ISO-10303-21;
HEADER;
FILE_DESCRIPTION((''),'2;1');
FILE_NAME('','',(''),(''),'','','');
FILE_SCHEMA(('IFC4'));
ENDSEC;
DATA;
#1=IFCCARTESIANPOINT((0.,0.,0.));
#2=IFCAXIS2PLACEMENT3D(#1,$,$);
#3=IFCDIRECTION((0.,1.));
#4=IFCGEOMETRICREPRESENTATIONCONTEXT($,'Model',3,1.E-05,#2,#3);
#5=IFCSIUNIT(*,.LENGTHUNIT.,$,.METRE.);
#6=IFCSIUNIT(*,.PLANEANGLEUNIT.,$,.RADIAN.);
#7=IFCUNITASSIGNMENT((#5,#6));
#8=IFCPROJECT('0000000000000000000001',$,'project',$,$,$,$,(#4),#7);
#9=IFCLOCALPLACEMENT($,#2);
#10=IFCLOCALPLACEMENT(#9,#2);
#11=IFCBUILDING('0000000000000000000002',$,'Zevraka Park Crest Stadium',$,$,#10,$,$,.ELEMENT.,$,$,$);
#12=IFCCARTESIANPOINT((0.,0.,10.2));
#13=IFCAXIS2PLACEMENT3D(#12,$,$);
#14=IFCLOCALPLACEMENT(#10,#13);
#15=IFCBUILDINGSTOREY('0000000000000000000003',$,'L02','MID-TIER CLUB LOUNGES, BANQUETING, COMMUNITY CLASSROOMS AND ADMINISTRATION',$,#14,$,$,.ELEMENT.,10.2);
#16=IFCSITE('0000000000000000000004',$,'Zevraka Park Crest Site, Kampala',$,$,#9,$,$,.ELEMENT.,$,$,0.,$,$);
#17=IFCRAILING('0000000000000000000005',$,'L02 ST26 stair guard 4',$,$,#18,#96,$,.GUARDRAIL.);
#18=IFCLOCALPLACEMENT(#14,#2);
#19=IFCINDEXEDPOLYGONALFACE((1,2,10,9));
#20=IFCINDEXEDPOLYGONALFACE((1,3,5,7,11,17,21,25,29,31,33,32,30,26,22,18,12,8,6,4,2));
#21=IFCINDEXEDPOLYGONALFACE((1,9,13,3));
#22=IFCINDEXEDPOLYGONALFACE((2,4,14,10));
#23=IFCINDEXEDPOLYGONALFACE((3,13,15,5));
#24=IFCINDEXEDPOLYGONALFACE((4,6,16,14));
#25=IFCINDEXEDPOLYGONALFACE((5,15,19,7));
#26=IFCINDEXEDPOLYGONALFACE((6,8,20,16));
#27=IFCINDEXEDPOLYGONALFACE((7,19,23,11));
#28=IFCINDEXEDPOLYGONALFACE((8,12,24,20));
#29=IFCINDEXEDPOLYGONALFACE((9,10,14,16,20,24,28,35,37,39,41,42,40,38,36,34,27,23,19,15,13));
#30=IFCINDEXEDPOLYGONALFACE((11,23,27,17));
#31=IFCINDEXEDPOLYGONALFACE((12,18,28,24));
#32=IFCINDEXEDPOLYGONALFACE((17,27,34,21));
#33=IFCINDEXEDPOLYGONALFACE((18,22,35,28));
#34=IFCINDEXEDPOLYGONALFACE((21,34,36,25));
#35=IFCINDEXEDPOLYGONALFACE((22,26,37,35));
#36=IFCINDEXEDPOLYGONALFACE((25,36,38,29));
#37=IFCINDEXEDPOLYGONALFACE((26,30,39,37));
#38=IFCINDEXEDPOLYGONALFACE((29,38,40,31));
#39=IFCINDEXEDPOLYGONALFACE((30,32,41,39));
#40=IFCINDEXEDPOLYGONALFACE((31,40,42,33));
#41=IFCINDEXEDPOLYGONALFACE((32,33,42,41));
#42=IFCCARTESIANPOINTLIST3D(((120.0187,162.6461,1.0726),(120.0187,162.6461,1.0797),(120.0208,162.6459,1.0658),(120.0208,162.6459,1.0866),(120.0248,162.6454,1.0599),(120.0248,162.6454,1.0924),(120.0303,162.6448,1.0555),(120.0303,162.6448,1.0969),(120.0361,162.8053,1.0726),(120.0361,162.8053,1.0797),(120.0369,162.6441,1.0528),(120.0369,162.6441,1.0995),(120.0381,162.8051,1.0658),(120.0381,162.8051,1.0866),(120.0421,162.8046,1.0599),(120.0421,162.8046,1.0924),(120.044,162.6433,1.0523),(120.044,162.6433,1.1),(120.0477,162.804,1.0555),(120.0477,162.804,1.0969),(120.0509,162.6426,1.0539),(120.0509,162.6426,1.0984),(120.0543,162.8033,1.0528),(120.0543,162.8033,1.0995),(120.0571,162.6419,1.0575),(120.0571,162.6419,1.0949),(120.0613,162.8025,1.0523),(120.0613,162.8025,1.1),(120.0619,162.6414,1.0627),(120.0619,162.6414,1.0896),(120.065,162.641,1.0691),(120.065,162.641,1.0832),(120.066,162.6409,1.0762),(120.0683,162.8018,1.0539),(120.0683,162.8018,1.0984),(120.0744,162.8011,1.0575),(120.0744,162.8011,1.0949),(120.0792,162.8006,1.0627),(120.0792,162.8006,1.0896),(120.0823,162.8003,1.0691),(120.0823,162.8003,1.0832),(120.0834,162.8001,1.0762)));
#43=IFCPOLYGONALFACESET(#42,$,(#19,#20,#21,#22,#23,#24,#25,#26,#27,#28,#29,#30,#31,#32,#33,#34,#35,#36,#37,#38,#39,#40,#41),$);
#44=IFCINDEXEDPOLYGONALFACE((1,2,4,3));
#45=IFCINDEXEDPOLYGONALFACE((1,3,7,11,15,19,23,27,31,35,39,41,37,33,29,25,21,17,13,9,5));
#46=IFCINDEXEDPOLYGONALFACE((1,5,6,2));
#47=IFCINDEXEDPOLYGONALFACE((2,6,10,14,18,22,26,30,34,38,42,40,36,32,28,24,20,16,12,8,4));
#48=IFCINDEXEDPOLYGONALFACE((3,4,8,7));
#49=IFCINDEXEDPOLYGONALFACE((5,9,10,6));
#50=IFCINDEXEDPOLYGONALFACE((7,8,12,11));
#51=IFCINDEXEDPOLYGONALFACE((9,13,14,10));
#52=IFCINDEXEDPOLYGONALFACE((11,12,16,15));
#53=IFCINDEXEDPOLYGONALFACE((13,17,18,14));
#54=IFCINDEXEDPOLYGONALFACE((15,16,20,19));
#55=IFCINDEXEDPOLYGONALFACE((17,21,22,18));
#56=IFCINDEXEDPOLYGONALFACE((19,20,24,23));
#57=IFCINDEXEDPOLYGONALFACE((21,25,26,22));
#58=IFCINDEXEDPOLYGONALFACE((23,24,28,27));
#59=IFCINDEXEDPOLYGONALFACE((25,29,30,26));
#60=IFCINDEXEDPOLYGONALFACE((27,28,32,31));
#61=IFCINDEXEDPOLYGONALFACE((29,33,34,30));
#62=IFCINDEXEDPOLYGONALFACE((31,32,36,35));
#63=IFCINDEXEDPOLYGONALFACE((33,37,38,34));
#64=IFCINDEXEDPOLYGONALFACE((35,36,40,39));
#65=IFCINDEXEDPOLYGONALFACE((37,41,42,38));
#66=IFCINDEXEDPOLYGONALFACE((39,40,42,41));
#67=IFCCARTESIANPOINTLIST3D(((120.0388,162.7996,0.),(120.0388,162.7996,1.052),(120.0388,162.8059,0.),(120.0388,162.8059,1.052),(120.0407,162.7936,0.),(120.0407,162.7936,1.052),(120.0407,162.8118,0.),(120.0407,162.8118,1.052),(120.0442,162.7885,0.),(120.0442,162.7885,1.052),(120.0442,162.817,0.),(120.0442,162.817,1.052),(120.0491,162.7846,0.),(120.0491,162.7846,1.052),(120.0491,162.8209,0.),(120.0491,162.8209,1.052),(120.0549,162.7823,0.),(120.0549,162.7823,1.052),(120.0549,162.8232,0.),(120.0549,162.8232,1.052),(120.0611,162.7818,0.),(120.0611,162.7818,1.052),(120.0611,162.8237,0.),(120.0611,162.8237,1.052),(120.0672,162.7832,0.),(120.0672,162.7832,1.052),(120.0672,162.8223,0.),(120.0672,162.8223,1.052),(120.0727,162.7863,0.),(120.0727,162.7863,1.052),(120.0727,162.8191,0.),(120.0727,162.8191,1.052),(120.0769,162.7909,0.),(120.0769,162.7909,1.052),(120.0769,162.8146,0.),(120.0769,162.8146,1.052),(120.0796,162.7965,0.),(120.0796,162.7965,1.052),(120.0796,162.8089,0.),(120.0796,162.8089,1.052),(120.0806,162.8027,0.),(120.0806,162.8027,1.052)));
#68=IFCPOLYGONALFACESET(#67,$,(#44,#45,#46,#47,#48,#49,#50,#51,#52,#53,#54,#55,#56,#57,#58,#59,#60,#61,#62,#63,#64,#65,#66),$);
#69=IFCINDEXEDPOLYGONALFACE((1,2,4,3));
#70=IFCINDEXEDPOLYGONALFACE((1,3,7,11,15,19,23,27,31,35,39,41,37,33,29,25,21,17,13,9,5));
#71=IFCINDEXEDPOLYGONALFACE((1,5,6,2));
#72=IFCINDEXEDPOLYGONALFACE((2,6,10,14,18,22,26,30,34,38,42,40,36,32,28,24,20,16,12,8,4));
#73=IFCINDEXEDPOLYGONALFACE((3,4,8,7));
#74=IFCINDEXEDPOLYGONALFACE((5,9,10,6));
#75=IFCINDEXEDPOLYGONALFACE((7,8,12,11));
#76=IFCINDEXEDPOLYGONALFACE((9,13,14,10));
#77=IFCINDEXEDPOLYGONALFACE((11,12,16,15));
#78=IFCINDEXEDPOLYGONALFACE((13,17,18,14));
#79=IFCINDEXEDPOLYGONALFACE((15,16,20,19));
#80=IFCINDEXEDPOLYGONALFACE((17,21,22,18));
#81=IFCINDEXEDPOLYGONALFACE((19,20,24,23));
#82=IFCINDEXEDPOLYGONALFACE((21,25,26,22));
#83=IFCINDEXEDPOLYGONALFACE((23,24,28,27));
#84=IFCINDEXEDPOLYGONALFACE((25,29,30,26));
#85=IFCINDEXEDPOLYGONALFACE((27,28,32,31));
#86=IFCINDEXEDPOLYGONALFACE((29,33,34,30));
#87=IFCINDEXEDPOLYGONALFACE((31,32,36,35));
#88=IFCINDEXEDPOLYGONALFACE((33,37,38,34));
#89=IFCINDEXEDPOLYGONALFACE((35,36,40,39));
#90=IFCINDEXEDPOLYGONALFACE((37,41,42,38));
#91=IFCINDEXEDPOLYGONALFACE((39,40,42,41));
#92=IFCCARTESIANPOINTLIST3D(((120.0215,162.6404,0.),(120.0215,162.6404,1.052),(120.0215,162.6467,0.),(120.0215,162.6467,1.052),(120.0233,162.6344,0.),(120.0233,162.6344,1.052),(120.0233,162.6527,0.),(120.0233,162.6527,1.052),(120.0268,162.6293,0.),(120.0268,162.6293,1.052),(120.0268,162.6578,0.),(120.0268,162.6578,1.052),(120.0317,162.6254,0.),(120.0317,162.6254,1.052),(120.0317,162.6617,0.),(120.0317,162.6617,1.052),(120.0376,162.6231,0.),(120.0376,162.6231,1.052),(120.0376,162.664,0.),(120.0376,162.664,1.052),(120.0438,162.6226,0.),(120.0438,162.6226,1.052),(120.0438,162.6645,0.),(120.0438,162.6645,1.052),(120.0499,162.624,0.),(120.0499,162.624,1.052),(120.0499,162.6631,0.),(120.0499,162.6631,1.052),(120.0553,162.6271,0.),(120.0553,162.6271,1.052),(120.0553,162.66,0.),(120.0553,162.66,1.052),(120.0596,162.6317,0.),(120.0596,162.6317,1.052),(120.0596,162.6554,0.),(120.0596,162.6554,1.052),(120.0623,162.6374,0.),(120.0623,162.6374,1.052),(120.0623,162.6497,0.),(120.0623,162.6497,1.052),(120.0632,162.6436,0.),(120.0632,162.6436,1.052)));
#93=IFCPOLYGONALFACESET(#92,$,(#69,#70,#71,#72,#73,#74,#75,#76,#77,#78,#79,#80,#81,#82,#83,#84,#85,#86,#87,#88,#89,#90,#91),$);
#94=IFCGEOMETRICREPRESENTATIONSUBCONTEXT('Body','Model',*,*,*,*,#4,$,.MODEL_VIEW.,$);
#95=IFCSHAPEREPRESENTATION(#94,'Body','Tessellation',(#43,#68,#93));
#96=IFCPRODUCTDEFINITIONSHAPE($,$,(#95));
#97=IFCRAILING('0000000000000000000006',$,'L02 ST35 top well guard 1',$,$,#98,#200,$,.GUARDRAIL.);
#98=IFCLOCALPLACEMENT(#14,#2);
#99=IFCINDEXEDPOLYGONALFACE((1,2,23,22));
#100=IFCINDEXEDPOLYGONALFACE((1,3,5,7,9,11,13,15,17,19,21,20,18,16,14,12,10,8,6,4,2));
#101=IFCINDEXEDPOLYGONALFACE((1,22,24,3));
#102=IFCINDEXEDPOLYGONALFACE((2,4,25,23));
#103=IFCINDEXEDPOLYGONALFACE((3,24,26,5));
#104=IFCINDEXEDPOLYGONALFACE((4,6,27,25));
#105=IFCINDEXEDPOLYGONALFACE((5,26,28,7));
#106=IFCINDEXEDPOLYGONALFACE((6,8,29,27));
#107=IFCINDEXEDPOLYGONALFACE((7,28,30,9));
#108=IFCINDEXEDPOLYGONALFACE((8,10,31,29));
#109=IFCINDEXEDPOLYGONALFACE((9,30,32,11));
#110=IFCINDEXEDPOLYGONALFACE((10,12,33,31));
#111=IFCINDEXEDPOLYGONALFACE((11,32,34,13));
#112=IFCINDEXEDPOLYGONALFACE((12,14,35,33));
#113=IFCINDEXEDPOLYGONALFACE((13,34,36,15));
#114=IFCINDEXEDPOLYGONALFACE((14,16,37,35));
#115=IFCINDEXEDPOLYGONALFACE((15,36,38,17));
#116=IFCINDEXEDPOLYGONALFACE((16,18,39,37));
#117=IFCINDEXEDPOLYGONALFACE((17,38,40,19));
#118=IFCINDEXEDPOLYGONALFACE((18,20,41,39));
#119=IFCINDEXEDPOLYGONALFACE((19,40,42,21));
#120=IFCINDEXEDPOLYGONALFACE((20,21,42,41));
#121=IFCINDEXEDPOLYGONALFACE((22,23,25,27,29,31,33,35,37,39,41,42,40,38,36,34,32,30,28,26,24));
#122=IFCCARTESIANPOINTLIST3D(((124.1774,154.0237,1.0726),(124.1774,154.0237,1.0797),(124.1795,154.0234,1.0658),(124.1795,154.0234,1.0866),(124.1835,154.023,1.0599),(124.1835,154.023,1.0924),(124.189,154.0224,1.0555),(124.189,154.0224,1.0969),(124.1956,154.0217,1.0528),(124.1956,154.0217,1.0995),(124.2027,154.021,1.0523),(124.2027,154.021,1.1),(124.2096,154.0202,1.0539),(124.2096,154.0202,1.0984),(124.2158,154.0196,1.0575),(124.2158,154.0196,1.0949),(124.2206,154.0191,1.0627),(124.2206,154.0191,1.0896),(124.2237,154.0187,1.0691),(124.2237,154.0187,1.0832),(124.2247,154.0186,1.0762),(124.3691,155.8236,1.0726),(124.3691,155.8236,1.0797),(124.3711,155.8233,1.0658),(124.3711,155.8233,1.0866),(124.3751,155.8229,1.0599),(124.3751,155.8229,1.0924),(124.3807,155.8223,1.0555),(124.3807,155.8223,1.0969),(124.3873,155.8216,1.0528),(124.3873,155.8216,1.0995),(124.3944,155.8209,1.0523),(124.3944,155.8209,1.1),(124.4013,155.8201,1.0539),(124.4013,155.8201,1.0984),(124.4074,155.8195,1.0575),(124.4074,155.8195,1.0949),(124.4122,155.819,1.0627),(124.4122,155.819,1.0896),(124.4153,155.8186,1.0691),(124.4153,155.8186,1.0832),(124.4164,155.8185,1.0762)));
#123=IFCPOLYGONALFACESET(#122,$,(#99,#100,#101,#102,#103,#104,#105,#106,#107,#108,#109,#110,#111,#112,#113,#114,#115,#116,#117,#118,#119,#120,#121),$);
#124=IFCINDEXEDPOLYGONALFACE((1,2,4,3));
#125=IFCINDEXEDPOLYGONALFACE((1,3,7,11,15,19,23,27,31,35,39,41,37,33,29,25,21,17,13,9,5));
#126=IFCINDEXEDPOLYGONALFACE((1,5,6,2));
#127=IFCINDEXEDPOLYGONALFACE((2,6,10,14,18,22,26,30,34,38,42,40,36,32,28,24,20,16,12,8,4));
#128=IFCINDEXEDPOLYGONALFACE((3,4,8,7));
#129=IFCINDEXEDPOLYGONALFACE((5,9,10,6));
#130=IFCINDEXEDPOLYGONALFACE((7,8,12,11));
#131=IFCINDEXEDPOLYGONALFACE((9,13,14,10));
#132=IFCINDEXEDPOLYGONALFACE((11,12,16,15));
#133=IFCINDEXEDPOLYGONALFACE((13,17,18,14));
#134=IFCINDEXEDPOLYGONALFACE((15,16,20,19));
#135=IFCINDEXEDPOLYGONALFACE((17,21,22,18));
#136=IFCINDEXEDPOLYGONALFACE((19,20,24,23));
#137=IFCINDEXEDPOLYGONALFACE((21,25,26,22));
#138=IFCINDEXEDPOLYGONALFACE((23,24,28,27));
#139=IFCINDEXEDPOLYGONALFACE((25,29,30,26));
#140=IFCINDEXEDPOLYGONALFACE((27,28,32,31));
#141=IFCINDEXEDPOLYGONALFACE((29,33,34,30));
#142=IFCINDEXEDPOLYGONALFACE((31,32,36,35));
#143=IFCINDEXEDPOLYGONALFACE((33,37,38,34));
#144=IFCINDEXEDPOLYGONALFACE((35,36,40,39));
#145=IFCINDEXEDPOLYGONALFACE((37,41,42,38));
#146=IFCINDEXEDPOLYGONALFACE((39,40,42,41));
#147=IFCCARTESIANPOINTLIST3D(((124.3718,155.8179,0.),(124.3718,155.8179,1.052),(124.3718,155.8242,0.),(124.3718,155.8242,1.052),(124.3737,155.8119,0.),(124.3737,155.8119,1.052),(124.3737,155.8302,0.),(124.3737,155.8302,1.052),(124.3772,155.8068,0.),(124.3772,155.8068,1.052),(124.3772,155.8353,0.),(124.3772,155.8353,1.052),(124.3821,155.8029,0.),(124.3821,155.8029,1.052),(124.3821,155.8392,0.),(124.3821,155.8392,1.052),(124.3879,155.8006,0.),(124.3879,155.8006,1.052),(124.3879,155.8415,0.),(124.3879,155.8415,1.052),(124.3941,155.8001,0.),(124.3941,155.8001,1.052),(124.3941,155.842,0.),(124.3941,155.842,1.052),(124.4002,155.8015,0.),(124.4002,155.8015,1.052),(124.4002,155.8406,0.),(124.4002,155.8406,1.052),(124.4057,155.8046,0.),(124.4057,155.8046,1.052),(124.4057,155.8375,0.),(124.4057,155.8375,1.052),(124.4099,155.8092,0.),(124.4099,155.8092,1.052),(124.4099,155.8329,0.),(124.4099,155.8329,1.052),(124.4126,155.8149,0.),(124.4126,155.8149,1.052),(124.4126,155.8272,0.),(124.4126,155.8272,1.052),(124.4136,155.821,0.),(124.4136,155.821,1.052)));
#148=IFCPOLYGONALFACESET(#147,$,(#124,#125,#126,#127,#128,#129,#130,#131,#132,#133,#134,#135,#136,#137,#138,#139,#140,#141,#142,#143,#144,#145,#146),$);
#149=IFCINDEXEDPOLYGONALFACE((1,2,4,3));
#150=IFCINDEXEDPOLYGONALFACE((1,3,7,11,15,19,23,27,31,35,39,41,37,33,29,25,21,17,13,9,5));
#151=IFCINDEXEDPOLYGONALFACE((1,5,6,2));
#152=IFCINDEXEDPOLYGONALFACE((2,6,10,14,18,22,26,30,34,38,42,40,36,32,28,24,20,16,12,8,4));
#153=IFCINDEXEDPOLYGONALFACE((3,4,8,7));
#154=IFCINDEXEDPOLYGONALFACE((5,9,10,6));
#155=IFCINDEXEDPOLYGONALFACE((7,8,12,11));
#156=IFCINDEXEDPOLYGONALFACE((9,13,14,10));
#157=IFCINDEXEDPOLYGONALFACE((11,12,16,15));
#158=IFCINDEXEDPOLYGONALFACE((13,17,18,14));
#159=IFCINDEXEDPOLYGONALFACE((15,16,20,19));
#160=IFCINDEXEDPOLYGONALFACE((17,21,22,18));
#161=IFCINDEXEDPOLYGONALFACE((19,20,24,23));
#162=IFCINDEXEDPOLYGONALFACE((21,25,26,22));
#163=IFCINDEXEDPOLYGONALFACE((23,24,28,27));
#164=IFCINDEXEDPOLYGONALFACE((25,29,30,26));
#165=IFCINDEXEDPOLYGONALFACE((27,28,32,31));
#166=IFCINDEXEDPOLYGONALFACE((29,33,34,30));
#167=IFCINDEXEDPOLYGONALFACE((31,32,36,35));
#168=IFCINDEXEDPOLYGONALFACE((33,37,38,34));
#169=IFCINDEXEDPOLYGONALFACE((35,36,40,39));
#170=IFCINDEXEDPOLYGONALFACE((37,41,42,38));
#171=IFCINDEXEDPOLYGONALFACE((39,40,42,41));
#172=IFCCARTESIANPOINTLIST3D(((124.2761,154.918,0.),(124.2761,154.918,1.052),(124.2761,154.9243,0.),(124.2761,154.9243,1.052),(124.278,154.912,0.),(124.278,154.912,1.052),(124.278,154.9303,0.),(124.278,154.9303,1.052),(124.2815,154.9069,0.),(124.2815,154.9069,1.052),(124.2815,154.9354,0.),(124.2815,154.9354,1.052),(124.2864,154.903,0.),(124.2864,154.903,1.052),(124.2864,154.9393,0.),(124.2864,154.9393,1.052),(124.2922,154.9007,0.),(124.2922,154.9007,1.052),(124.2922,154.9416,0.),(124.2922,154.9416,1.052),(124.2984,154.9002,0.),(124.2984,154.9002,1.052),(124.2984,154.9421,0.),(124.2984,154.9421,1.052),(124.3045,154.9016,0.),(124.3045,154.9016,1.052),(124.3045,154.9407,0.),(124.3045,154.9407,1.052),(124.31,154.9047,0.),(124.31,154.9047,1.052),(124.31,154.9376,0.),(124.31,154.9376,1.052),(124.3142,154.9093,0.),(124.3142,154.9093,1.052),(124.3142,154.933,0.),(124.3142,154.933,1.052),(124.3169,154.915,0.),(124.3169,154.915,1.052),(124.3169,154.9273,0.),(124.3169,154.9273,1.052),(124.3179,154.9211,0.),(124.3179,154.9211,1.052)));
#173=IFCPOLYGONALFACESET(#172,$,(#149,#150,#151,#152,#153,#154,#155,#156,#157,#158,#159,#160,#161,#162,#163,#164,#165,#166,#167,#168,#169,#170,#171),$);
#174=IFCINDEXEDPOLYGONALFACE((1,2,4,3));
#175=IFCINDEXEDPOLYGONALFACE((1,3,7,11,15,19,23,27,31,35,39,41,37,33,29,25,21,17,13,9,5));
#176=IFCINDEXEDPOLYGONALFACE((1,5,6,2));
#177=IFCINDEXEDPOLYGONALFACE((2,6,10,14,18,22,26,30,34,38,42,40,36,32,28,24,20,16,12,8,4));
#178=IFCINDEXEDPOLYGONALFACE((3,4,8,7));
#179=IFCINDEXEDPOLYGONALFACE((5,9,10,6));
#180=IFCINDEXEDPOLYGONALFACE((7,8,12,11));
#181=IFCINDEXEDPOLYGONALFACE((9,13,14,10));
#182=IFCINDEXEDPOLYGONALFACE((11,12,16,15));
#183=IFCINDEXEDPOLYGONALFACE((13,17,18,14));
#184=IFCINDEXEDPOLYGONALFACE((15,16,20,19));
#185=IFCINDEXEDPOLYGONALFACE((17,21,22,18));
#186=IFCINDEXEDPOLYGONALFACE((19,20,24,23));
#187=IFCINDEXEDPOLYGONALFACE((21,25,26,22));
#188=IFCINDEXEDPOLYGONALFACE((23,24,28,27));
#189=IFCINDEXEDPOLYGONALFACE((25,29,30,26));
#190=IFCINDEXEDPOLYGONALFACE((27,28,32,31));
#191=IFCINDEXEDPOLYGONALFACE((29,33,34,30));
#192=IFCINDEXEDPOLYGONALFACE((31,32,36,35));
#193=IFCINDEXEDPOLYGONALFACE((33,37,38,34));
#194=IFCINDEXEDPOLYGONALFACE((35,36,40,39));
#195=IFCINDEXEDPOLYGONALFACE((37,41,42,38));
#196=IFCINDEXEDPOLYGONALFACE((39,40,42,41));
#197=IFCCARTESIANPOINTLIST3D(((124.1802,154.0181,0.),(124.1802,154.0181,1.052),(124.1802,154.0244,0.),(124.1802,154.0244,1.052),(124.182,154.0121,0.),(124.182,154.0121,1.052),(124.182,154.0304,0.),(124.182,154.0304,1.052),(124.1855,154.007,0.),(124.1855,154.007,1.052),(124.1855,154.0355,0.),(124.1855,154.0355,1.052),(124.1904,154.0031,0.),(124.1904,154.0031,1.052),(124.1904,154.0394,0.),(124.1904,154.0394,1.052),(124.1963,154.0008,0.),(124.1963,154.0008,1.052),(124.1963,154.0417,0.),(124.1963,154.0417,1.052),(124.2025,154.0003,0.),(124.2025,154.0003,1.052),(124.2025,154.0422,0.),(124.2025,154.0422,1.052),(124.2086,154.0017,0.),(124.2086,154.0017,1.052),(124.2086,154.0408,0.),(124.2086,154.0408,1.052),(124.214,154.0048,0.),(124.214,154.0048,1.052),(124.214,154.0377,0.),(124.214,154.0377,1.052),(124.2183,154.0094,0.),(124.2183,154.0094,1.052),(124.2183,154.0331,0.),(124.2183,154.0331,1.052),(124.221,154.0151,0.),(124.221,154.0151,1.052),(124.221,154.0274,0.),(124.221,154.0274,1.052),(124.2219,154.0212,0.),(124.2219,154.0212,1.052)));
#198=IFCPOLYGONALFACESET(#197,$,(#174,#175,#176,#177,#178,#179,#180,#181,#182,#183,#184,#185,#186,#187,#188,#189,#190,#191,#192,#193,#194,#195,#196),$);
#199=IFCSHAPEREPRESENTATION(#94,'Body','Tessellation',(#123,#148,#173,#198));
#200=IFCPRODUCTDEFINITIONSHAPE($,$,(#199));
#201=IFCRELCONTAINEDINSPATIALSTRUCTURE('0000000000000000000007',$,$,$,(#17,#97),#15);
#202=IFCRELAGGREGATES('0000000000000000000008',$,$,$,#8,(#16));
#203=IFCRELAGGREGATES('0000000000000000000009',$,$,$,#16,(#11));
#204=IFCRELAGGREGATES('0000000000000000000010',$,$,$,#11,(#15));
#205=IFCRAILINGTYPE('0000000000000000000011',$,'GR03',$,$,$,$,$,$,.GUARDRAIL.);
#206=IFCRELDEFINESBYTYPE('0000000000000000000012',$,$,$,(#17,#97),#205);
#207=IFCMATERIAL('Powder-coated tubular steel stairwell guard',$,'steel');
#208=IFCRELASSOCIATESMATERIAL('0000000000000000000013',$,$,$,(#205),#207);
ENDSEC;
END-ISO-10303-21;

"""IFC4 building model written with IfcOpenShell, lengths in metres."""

from ifc_helpers import new_model, si_unit, direction, frame, origin, origin_2d, place, context, subcontext, project, spatial, circle, extrude, material, type_object, element, save


model = new_model("IFC4")

# Units and contexts
model_context = context("Model", 3, precision=1e-05, world=origin(), true_north=direction((0.0, 1.0)))
body_context = subcontext(model_context, "Body", "Model", "MODEL_VIEW")
ifc_project = project(units=[si_unit("LENGTHUNIT", "METRE"), si_unit("PLANEANGLEUNIT", "RADIAN")], contexts=[model_context])

# Site, building, storey
site_placement = place(None, origin())
site = spatial("IfcSite", under=ifc_project, at=site_placement, Name="Zevraka Park Crest Site, Kampala", CompositionType="ELEMENT", RefElevation=0.0)
building_placement = place(site_placement, origin())
building = spatial("IfcBuilding", under=site, at=building_placement, Name="Zevraka Park Crest Stadium", CompositionType="ELEMENT")
storey_placement = place(building_placement, frame((0.0, 0.0, 10.2)))
storey = spatial("IfcBuildingStorey", under=building, at=storey_placement, Name="L02", Description="MID-TIER CLUB LOUNGES, BANQUETING, COMMUNITY CLASSROOMS AND ADMINISTRATION", CompositionType="ELEMENT", Elevation=10.2)

# Railings
ifc_material_1 = material(Name="Powder-coated tubular steel stairwell guard", Category="steel")
railing_type_1 = type_object("IfcRailingType", Name="GR03", PredefinedType="GUARDRAIL", material=ifc_material_1)
railing_1_placement = place(storey_placement, frame((120.0596, 162.8027, 0.0)))
element("IfcRailing", 1, at=railing_1_placement, inside=storey, type_object=railing_type_1, Name="L02 ST26 stair guard 4", PredefinedType="GUARDRAIL", context=body_context, shape_type="SweptSolid", body=[
    extrude(circle(Radius=0.0239, at=origin_2d()), frame((0.0, 0.0, 1.0762), z_axis=(-0.108256, -0.994123, 0.0), x_axis=(0.994123, -0.108256, 0.0)), (0.0, 0.0, 1.0), 0.1602),
    extrude(circle(Radius=0.021, at=origin_2d()), origin(), (0.0, 0.0, 1.0), 1.052),
    extrude(circle(Radius=0.021, at=origin_2d()), frame((-0.0173, -0.1592, 0.0)), (0.0, 0.0, 1.0), 1.052),
])
railing_2_placement = place(storey_placement, frame((124.3926, 155.821, 0.0)))
element("IfcRailing", 2, at=railing_2_placement, inside=storey, type_object=railing_type_1, Name="L02 ST35 top well guard 1", PredefinedType="GUARDRAIL", context=body_context, shape_type="SweptSolid", body=[
    extrude(circle(Radius=0.0239, at=origin_2d()), frame((0.0, 0.0, 1.0762), z_axis=(-0.105885, -0.994378, 0.0), x_axis=(0.994378, -0.105885, 0.0)), (0.0, 0.0, 1.0), 1.8101),
    extrude(circle(Radius=0.021, at=origin_2d()), origin(), (0.0, 0.0, 1.0), 1.052),
    extrude(circle(Radius=0.021, at=origin_2d()), frame((-0.0957, -0.8999, 0.0)), (0.0, 0.0, 1.0), 1.052),
    extrude(circle(Radius=0.021, at=origin_2d()), frame((-0.1917, -1.7998, 0.0)), (0.0, 0.0, 1.0), 1.052),
])

save(model, "model.ifc")
